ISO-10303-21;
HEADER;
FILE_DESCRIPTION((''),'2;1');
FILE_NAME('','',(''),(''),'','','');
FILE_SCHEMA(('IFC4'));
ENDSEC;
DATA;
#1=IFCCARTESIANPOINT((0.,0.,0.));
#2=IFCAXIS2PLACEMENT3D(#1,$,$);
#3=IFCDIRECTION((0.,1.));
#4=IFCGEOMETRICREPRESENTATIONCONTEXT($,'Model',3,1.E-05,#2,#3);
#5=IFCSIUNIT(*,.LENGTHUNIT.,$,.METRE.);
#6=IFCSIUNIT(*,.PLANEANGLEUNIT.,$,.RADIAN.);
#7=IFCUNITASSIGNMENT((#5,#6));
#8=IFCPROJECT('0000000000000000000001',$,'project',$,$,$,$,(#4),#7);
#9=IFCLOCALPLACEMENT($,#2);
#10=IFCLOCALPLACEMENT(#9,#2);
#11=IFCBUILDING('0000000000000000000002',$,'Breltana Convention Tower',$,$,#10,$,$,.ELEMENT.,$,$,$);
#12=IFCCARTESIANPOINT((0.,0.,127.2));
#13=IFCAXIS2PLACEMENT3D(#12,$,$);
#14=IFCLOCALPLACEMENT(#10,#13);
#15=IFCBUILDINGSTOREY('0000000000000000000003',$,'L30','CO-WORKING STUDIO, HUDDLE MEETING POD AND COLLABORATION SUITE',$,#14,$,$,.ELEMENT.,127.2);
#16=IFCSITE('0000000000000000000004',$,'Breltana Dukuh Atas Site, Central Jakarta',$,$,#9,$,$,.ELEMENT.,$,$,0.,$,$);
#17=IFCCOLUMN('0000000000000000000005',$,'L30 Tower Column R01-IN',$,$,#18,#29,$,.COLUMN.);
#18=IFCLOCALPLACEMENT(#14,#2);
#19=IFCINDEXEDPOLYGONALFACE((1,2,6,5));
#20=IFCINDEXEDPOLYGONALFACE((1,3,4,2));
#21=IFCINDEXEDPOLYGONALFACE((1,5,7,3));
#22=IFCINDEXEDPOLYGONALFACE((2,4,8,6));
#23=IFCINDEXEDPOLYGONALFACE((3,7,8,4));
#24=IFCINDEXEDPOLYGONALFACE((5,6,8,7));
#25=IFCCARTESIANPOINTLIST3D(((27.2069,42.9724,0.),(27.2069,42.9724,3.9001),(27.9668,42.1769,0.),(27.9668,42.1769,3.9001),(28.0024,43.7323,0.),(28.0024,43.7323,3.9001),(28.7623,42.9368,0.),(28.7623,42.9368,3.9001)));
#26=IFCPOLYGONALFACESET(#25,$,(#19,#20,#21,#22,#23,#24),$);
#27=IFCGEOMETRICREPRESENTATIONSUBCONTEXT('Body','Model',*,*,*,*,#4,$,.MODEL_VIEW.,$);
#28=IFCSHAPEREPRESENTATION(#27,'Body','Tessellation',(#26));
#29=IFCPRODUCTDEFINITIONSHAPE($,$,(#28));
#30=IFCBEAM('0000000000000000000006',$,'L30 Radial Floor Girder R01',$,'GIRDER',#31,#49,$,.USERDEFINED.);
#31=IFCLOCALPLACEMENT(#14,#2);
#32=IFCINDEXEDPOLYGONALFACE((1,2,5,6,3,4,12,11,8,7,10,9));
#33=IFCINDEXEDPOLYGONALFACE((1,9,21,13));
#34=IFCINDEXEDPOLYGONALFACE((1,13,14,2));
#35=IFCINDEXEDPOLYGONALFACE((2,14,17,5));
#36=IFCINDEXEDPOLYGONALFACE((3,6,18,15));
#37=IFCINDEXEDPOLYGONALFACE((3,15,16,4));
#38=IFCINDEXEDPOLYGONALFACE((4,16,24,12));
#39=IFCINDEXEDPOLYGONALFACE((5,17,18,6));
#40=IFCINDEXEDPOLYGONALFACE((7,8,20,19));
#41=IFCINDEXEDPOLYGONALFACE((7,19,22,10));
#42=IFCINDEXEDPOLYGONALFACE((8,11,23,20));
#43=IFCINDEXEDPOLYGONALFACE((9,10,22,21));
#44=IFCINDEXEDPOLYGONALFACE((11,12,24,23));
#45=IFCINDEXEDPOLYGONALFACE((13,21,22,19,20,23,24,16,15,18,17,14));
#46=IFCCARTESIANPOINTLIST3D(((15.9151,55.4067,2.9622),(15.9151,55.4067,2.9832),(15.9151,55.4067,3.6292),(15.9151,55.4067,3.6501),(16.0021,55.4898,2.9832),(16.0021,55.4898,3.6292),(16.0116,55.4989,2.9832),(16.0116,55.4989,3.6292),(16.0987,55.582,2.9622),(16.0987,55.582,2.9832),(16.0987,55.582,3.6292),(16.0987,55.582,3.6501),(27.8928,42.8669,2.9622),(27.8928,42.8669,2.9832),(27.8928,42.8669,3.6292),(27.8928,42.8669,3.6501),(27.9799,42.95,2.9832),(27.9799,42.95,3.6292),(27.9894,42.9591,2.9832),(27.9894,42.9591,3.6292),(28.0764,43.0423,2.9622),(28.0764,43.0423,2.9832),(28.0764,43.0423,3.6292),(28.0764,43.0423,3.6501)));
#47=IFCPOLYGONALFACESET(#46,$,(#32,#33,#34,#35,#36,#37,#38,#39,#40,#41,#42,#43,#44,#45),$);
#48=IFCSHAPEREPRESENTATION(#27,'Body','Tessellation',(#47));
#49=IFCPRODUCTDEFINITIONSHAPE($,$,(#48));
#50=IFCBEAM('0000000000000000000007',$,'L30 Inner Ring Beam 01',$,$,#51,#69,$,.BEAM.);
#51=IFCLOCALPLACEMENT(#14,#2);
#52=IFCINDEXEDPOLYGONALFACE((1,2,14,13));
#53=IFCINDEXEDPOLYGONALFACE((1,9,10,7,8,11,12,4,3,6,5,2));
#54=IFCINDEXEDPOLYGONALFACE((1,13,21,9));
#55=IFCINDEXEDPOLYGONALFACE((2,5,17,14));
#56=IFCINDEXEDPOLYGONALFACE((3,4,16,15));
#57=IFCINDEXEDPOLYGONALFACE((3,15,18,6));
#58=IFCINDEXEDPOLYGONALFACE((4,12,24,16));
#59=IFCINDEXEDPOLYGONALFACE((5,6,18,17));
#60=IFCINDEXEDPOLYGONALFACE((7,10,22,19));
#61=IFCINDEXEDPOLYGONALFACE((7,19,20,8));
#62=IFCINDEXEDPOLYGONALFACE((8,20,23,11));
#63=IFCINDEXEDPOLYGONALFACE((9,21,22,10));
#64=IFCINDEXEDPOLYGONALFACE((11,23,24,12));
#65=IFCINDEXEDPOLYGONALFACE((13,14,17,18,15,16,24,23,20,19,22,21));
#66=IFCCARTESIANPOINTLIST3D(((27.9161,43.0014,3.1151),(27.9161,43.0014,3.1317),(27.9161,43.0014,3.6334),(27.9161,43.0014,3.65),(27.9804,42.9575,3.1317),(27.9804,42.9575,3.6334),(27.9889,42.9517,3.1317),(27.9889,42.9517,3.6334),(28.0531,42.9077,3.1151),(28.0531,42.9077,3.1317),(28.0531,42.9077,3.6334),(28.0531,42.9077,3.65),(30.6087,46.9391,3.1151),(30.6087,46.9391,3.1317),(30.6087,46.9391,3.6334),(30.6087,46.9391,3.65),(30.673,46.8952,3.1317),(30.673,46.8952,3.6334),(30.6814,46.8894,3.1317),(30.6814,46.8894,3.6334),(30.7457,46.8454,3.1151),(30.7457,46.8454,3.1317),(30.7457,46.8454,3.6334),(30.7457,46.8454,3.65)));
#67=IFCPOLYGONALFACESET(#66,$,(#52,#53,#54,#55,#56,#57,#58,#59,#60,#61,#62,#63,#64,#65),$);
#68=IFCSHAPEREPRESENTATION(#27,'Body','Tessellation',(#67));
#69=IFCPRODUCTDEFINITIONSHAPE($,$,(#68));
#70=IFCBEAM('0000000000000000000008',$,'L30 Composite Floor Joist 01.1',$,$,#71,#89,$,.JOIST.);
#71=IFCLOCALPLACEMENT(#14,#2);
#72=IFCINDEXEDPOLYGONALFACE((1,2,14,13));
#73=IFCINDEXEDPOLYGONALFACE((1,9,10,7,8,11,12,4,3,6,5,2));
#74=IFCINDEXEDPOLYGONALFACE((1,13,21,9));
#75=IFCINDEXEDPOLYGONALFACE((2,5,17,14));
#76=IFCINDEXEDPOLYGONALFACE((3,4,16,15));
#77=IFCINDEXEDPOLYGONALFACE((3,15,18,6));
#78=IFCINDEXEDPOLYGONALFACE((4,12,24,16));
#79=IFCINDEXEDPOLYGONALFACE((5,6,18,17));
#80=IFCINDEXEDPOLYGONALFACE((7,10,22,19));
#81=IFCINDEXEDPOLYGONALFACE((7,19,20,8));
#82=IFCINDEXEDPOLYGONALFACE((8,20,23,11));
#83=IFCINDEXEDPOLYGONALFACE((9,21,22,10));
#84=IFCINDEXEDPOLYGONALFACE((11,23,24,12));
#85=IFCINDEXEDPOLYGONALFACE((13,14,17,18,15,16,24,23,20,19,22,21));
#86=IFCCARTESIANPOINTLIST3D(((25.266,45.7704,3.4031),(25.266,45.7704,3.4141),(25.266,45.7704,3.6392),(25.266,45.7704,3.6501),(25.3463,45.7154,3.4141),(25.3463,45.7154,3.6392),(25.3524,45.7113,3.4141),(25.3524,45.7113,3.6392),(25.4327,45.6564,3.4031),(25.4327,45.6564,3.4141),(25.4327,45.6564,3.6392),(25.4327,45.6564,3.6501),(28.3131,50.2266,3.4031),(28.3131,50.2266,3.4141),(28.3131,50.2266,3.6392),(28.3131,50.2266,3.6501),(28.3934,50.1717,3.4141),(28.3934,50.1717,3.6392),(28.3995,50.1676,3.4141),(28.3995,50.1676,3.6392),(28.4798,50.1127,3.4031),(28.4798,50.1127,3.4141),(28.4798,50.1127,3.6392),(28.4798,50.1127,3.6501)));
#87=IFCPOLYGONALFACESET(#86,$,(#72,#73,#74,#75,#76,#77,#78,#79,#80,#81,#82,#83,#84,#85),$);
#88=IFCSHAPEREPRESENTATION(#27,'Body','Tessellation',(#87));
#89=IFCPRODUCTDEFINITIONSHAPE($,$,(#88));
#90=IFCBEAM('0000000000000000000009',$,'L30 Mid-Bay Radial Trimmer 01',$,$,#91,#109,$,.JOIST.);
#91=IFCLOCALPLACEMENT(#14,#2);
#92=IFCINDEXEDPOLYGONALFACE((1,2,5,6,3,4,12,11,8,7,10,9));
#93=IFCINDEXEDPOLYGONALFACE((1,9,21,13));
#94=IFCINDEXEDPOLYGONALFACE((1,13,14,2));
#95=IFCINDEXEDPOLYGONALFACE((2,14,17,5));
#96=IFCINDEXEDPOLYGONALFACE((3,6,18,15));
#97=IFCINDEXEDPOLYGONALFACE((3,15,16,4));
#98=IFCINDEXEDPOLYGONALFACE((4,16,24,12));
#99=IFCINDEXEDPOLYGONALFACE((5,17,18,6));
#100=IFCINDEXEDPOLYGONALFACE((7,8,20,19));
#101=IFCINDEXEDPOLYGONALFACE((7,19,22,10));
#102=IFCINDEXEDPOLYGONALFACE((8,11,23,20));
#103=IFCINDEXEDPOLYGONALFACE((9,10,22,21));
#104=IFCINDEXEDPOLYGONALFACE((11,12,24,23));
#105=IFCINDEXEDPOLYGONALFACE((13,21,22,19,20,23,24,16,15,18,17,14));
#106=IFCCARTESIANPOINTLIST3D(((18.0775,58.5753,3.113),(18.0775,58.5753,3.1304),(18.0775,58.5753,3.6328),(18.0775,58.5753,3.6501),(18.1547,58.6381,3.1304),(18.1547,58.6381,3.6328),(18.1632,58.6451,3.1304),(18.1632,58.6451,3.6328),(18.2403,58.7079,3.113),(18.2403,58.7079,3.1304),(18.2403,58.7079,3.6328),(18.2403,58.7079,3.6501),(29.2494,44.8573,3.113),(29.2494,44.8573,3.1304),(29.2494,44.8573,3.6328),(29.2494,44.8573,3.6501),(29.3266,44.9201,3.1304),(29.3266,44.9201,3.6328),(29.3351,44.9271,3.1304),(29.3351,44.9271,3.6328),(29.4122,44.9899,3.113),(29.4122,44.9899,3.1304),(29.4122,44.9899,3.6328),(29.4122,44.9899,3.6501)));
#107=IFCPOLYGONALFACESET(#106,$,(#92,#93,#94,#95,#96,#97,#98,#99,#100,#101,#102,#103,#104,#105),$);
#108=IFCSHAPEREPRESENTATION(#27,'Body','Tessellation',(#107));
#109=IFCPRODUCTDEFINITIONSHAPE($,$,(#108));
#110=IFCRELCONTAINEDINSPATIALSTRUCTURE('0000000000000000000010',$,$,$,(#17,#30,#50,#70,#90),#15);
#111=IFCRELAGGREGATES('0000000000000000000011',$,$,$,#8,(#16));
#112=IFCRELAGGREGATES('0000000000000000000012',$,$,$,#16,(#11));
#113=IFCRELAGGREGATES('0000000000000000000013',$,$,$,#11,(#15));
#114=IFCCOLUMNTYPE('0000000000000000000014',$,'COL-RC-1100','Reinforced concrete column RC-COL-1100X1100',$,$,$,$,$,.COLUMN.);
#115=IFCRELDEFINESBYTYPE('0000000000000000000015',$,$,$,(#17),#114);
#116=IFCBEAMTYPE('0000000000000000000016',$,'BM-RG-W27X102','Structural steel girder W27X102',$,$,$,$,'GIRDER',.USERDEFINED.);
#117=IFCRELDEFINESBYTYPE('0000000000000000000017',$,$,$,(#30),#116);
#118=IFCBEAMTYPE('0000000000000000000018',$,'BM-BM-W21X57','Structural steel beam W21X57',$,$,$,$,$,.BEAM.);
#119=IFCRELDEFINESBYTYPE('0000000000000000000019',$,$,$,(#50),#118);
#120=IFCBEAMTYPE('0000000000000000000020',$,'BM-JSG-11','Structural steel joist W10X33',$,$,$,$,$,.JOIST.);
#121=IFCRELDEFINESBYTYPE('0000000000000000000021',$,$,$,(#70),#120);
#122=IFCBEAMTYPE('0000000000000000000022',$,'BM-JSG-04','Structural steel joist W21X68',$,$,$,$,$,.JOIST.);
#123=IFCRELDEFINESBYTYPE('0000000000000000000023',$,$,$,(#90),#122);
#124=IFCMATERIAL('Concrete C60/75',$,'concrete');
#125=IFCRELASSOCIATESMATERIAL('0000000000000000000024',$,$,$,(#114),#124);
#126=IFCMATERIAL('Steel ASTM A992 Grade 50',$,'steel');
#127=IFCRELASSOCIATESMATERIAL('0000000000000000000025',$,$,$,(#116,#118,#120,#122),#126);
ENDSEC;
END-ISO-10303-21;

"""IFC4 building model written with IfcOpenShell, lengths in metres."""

from ifc_helpers import new_model, si_unit, direction, frame, origin, origin_2d, place, context, subcontext, project, spatial, rectangle, i_section, extrude, source, transform, mapped, material, material_profile, profile_set, type_object, type_shapes, element, save


model = new_model("IFC4")

# Units and contexts
model_context = context("Model", 3, precision=1e-05, world=origin(), true_north=direction((0.0, 1.0)))
body_context = subcontext(model_context, "Body", "Model", "MODEL_VIEW")
ifc_project = project(units=[si_unit("LENGTHUNIT", "METRE"), si_unit("PLANEANGLEUNIT", "RADIAN")], contexts=[model_context])

# Site, building, storey
site_placement = place(None, origin())
site = spatial("IfcSite", under=ifc_project, at=site_placement, Name="Breltana Dukuh Atas Site, Central Jakarta", CompositionType="ELEMENT", RefElevation=0.0)
building_placement = place(site_placement, origin())
building = spatial("IfcBuilding", under=site, at=building_placement, Name="Breltana Convention Tower", CompositionType="ELEMENT")
storey_placement = place(building_placement, frame((0.0, 0.0, 127.2)))
storey = spatial("IfcBuildingStorey", under=building, at=storey_placement, Name="L30", Description="CO-WORKING STUDIO, HUDDLE MEETING POD AND COLLABORATION SUITE", CompositionType="ELEMENT", Elevation=127.2)

# Column
ifc_material_1 = material(Name="Concrete C60/75", Category="concrete")
ifc_material_profile_1 = material_profile(ifc_material_1, rectangle(XDim=1.1001, YDim=1.1001, at=origin_2d()), Name="RC-COL-1100X1100")
ifc_profile_set_1 = profile_set([ifc_material_profile_1], Name="Concrete C60/75")
column_type = type_object("IfcColumnType", Name="COL-RC-1100", Description="Reinforced concrete column RC-COL-1100X1100", PredefinedType="COLUMN", material=ifc_profile_set_1)
shared_shape_1 = source(origin(), body_context, "Body", "SweptSolid", [
    extrude(rectangle(XDim=1.1001, YDim=1.1001, at=origin_2d()), origin(), (0.0, 0.0, 1.0), 3.9001),
])
column_placement = place(storey_placement, frame((27.9846, 42.9546, 0.0), z_axis=(0.0, 0.0, 1.0), x_axis=(-0.690756, 0.723088, 0.0)))
element("IfcColumn", 1, at=column_placement, inside=storey, type_object=column_type, Name="L30 Tower Column R01-IN", PredefinedType="COLUMN", context=body_context, shape_type="MappedRepresentation", body=[
    mapped(shared_shape_1, transform((0.0, 0.0, 0.0), scale=1.0)),
])

# Beams
ifc_material_2 = material(Name="Steel ASTM A992 Grade 50", Category="steel")
ifc_material_profile_2 = material_profile(ifc_material_2, i_section(OverallWidth=0.2539, OverallDepth=0.688, WebThickness=0.0132, FlangeThickness=0.021, at=origin_2d()), Name="W27X102")
ifc_profile_set_2 = profile_set([ifc_material_profile_2], Name="Steel ASTM A992 Grade 50")
beam_type_1 = type_object("IfcBeamType", Name="BM-RG-W27X102", Description="Structural steel girder W27X102", ElementType="GIRDER", PredefinedType="USERDEFINED", material=ifc_profile_set_2)
shared_shape_2 = source(origin(), body_context, "Body", "SweptSolid", [
    extrude(i_section(OverallWidth=0.2539, OverallDepth=0.688, WebThickness=0.0132, FlangeThickness=0.021, at=origin_2d()), origin(), (0.0, 0.0, 1.0), 17.3411),
])
type_shapes(beam_type_1, [shared_shape_2])
beam_1_placement = place(storey_placement, frame((27.9846, 42.9546, 3.3062), z_axis=(-0.690716, 0.723126, 0.0), x_axis=(-0.723126, -0.690716, 0.0)))
element("IfcBeam", 2, at=beam_1_placement, inside=storey, type_object=beam_type_1, Name="L30 Radial Floor Girder R01", ObjectType="GIRDER", PredefinedType="USERDEFINED", context=body_context, shape_type="MappedRepresentation", body=[
    mapped(shared_shape_2, transform((0.0, 0.0, 0.0), scale=1.0)),
])
ifc_material_profile_3 = material_profile(ifc_material_2, i_section(OverallWidth=0.166, OverallDepth=0.5349, WebThickness=0.0103, FlangeThickness=0.0166, at=origin_2d()), Name="W21X57")
ifc_profile_set_3 = profile_set([ifc_material_profile_3], Name="Steel ASTM A992 Grade 50")
beam_type_2 = type_object("IfcBeamType", Name="BM-BM-W21X57", Description="Structural steel beam W21X57", PredefinedType="BEAM", material=ifc_profile_set_3)
shared_shape_3 = source(origin(), body_context, "Body", "SweptSolid", [
    extrude(i_section(OverallWidth=0.166, OverallDepth=0.5349, WebThickness=0.0103, FlangeThickness=0.0166, at=origin_2d()), origin(), (0.0, 0.0, 1.0), 4.7703),
])
beam_2_placement = place(storey_placement, frame((27.9846, 42.9546, 3.3826), z_axis=(0.564453, 0.825465, 0.0), x_axis=(-0.825465, 0.564453, 0.0)))
element("IfcBeam", 3, at=beam_2_placement, inside=storey, type_object=beam_type_2, Name="L30 Inner Ring Beam 01", PredefinedType="BEAM", context=body_context, shape_type="MappedRepresentation", body=[
    mapped(shared_shape_3, transform((0.0, 0.0, 0.0), scale=1.0)),
])
ifc_material_profile_4 = material_profile(ifc_material_2, i_section(OverallWidth=0.2019, OverallDepth=0.2471, WebThickness=0.0073, FlangeThickness=0.011, at=origin_2d()), Name="W10X33")
ifc_profile_set_4 = profile_set([ifc_material_profile_4], Name="Steel ASTM A992 Grade 50")
beam_type_3 = type_object("IfcBeamType", Name="BM-JSG-11", Description="Structural steel joist W10X33", PredefinedType="JOIST", material=ifc_profile_set_4)
shared_shape_4 = source(origin(), body_context, "Body", "SweptSolid", [
    extrude(i_section(OverallWidth=0.2019, OverallDepth=0.2471, WebThickness=0.0073, FlangeThickness=0.011, at=origin_2d()), origin(), (0.0, 0.0, 1.0), 5.3984),
])
beam_3_placement = place(storey_placement, frame((25.3494, 45.7134, 3.5266), z_axis=(0.564441, 0.825474, 0.0), x_axis=(-0.825474, 0.564441, 0.0)))
element("IfcBeam", 4, at=beam_3_placement, inside=storey, type_object=beam_type_3, Name="L30 Composite Floor Joist 01.1", PredefinedType="JOIST", context=body_context, shape_type="MappedRepresentation", body=[
    mapped(shared_shape_4, transform((0.0, 0.0, 0.0), scale=1.0)),
])
ifc_material_profile_5 = material_profile(ifc_material_2, i_section(OverallWidth=0.21, OverallDepth=0.5371, WebThickness=0.011, FlangeThickness=0.0173, at=origin_2d()), Name="W21X68")
ifc_profile_set_5 = profile_set([ifc_material_profile_5], Name="Steel ASTM A992 Grade 50")
beam_type_4 = type_object("IfcBeamType", Name="BM-JSG-04", Description="Structural steel joist W21X68", PredefinedType="JOIST", material=ifc_profile_set_5)
shared_shape_5 = source(origin(), body_context, "Body", "SweptSolid", [
    extrude(i_section(OverallWidth=0.21, OverallDepth=0.5371, WebThickness=0.011, FlangeThickness=0.0173, at=origin_2d()), origin(), (0.0, 0.0, 1.0), 17.6917),
])
beam_4_placement = place(storey_placement, frame((29.3308, 44.9236, 3.3816), z_axis=(-0.631477, 0.775395, 0.0), x_axis=(-0.775395, -0.631477, 0.0)))
element("IfcBeam", 5, at=beam_4_placement, inside=storey, type_object=beam_type_4, Name="L30 Mid-Bay Radial Trimmer 01", PredefinedType="JOIST", context=body_context, shape_type="MappedRepresentation", body=[
    mapped(shared_shape_5, transform((0.0, 0.0, 0.0), scale=1.0)),
])

save(model, "model.ifc")
